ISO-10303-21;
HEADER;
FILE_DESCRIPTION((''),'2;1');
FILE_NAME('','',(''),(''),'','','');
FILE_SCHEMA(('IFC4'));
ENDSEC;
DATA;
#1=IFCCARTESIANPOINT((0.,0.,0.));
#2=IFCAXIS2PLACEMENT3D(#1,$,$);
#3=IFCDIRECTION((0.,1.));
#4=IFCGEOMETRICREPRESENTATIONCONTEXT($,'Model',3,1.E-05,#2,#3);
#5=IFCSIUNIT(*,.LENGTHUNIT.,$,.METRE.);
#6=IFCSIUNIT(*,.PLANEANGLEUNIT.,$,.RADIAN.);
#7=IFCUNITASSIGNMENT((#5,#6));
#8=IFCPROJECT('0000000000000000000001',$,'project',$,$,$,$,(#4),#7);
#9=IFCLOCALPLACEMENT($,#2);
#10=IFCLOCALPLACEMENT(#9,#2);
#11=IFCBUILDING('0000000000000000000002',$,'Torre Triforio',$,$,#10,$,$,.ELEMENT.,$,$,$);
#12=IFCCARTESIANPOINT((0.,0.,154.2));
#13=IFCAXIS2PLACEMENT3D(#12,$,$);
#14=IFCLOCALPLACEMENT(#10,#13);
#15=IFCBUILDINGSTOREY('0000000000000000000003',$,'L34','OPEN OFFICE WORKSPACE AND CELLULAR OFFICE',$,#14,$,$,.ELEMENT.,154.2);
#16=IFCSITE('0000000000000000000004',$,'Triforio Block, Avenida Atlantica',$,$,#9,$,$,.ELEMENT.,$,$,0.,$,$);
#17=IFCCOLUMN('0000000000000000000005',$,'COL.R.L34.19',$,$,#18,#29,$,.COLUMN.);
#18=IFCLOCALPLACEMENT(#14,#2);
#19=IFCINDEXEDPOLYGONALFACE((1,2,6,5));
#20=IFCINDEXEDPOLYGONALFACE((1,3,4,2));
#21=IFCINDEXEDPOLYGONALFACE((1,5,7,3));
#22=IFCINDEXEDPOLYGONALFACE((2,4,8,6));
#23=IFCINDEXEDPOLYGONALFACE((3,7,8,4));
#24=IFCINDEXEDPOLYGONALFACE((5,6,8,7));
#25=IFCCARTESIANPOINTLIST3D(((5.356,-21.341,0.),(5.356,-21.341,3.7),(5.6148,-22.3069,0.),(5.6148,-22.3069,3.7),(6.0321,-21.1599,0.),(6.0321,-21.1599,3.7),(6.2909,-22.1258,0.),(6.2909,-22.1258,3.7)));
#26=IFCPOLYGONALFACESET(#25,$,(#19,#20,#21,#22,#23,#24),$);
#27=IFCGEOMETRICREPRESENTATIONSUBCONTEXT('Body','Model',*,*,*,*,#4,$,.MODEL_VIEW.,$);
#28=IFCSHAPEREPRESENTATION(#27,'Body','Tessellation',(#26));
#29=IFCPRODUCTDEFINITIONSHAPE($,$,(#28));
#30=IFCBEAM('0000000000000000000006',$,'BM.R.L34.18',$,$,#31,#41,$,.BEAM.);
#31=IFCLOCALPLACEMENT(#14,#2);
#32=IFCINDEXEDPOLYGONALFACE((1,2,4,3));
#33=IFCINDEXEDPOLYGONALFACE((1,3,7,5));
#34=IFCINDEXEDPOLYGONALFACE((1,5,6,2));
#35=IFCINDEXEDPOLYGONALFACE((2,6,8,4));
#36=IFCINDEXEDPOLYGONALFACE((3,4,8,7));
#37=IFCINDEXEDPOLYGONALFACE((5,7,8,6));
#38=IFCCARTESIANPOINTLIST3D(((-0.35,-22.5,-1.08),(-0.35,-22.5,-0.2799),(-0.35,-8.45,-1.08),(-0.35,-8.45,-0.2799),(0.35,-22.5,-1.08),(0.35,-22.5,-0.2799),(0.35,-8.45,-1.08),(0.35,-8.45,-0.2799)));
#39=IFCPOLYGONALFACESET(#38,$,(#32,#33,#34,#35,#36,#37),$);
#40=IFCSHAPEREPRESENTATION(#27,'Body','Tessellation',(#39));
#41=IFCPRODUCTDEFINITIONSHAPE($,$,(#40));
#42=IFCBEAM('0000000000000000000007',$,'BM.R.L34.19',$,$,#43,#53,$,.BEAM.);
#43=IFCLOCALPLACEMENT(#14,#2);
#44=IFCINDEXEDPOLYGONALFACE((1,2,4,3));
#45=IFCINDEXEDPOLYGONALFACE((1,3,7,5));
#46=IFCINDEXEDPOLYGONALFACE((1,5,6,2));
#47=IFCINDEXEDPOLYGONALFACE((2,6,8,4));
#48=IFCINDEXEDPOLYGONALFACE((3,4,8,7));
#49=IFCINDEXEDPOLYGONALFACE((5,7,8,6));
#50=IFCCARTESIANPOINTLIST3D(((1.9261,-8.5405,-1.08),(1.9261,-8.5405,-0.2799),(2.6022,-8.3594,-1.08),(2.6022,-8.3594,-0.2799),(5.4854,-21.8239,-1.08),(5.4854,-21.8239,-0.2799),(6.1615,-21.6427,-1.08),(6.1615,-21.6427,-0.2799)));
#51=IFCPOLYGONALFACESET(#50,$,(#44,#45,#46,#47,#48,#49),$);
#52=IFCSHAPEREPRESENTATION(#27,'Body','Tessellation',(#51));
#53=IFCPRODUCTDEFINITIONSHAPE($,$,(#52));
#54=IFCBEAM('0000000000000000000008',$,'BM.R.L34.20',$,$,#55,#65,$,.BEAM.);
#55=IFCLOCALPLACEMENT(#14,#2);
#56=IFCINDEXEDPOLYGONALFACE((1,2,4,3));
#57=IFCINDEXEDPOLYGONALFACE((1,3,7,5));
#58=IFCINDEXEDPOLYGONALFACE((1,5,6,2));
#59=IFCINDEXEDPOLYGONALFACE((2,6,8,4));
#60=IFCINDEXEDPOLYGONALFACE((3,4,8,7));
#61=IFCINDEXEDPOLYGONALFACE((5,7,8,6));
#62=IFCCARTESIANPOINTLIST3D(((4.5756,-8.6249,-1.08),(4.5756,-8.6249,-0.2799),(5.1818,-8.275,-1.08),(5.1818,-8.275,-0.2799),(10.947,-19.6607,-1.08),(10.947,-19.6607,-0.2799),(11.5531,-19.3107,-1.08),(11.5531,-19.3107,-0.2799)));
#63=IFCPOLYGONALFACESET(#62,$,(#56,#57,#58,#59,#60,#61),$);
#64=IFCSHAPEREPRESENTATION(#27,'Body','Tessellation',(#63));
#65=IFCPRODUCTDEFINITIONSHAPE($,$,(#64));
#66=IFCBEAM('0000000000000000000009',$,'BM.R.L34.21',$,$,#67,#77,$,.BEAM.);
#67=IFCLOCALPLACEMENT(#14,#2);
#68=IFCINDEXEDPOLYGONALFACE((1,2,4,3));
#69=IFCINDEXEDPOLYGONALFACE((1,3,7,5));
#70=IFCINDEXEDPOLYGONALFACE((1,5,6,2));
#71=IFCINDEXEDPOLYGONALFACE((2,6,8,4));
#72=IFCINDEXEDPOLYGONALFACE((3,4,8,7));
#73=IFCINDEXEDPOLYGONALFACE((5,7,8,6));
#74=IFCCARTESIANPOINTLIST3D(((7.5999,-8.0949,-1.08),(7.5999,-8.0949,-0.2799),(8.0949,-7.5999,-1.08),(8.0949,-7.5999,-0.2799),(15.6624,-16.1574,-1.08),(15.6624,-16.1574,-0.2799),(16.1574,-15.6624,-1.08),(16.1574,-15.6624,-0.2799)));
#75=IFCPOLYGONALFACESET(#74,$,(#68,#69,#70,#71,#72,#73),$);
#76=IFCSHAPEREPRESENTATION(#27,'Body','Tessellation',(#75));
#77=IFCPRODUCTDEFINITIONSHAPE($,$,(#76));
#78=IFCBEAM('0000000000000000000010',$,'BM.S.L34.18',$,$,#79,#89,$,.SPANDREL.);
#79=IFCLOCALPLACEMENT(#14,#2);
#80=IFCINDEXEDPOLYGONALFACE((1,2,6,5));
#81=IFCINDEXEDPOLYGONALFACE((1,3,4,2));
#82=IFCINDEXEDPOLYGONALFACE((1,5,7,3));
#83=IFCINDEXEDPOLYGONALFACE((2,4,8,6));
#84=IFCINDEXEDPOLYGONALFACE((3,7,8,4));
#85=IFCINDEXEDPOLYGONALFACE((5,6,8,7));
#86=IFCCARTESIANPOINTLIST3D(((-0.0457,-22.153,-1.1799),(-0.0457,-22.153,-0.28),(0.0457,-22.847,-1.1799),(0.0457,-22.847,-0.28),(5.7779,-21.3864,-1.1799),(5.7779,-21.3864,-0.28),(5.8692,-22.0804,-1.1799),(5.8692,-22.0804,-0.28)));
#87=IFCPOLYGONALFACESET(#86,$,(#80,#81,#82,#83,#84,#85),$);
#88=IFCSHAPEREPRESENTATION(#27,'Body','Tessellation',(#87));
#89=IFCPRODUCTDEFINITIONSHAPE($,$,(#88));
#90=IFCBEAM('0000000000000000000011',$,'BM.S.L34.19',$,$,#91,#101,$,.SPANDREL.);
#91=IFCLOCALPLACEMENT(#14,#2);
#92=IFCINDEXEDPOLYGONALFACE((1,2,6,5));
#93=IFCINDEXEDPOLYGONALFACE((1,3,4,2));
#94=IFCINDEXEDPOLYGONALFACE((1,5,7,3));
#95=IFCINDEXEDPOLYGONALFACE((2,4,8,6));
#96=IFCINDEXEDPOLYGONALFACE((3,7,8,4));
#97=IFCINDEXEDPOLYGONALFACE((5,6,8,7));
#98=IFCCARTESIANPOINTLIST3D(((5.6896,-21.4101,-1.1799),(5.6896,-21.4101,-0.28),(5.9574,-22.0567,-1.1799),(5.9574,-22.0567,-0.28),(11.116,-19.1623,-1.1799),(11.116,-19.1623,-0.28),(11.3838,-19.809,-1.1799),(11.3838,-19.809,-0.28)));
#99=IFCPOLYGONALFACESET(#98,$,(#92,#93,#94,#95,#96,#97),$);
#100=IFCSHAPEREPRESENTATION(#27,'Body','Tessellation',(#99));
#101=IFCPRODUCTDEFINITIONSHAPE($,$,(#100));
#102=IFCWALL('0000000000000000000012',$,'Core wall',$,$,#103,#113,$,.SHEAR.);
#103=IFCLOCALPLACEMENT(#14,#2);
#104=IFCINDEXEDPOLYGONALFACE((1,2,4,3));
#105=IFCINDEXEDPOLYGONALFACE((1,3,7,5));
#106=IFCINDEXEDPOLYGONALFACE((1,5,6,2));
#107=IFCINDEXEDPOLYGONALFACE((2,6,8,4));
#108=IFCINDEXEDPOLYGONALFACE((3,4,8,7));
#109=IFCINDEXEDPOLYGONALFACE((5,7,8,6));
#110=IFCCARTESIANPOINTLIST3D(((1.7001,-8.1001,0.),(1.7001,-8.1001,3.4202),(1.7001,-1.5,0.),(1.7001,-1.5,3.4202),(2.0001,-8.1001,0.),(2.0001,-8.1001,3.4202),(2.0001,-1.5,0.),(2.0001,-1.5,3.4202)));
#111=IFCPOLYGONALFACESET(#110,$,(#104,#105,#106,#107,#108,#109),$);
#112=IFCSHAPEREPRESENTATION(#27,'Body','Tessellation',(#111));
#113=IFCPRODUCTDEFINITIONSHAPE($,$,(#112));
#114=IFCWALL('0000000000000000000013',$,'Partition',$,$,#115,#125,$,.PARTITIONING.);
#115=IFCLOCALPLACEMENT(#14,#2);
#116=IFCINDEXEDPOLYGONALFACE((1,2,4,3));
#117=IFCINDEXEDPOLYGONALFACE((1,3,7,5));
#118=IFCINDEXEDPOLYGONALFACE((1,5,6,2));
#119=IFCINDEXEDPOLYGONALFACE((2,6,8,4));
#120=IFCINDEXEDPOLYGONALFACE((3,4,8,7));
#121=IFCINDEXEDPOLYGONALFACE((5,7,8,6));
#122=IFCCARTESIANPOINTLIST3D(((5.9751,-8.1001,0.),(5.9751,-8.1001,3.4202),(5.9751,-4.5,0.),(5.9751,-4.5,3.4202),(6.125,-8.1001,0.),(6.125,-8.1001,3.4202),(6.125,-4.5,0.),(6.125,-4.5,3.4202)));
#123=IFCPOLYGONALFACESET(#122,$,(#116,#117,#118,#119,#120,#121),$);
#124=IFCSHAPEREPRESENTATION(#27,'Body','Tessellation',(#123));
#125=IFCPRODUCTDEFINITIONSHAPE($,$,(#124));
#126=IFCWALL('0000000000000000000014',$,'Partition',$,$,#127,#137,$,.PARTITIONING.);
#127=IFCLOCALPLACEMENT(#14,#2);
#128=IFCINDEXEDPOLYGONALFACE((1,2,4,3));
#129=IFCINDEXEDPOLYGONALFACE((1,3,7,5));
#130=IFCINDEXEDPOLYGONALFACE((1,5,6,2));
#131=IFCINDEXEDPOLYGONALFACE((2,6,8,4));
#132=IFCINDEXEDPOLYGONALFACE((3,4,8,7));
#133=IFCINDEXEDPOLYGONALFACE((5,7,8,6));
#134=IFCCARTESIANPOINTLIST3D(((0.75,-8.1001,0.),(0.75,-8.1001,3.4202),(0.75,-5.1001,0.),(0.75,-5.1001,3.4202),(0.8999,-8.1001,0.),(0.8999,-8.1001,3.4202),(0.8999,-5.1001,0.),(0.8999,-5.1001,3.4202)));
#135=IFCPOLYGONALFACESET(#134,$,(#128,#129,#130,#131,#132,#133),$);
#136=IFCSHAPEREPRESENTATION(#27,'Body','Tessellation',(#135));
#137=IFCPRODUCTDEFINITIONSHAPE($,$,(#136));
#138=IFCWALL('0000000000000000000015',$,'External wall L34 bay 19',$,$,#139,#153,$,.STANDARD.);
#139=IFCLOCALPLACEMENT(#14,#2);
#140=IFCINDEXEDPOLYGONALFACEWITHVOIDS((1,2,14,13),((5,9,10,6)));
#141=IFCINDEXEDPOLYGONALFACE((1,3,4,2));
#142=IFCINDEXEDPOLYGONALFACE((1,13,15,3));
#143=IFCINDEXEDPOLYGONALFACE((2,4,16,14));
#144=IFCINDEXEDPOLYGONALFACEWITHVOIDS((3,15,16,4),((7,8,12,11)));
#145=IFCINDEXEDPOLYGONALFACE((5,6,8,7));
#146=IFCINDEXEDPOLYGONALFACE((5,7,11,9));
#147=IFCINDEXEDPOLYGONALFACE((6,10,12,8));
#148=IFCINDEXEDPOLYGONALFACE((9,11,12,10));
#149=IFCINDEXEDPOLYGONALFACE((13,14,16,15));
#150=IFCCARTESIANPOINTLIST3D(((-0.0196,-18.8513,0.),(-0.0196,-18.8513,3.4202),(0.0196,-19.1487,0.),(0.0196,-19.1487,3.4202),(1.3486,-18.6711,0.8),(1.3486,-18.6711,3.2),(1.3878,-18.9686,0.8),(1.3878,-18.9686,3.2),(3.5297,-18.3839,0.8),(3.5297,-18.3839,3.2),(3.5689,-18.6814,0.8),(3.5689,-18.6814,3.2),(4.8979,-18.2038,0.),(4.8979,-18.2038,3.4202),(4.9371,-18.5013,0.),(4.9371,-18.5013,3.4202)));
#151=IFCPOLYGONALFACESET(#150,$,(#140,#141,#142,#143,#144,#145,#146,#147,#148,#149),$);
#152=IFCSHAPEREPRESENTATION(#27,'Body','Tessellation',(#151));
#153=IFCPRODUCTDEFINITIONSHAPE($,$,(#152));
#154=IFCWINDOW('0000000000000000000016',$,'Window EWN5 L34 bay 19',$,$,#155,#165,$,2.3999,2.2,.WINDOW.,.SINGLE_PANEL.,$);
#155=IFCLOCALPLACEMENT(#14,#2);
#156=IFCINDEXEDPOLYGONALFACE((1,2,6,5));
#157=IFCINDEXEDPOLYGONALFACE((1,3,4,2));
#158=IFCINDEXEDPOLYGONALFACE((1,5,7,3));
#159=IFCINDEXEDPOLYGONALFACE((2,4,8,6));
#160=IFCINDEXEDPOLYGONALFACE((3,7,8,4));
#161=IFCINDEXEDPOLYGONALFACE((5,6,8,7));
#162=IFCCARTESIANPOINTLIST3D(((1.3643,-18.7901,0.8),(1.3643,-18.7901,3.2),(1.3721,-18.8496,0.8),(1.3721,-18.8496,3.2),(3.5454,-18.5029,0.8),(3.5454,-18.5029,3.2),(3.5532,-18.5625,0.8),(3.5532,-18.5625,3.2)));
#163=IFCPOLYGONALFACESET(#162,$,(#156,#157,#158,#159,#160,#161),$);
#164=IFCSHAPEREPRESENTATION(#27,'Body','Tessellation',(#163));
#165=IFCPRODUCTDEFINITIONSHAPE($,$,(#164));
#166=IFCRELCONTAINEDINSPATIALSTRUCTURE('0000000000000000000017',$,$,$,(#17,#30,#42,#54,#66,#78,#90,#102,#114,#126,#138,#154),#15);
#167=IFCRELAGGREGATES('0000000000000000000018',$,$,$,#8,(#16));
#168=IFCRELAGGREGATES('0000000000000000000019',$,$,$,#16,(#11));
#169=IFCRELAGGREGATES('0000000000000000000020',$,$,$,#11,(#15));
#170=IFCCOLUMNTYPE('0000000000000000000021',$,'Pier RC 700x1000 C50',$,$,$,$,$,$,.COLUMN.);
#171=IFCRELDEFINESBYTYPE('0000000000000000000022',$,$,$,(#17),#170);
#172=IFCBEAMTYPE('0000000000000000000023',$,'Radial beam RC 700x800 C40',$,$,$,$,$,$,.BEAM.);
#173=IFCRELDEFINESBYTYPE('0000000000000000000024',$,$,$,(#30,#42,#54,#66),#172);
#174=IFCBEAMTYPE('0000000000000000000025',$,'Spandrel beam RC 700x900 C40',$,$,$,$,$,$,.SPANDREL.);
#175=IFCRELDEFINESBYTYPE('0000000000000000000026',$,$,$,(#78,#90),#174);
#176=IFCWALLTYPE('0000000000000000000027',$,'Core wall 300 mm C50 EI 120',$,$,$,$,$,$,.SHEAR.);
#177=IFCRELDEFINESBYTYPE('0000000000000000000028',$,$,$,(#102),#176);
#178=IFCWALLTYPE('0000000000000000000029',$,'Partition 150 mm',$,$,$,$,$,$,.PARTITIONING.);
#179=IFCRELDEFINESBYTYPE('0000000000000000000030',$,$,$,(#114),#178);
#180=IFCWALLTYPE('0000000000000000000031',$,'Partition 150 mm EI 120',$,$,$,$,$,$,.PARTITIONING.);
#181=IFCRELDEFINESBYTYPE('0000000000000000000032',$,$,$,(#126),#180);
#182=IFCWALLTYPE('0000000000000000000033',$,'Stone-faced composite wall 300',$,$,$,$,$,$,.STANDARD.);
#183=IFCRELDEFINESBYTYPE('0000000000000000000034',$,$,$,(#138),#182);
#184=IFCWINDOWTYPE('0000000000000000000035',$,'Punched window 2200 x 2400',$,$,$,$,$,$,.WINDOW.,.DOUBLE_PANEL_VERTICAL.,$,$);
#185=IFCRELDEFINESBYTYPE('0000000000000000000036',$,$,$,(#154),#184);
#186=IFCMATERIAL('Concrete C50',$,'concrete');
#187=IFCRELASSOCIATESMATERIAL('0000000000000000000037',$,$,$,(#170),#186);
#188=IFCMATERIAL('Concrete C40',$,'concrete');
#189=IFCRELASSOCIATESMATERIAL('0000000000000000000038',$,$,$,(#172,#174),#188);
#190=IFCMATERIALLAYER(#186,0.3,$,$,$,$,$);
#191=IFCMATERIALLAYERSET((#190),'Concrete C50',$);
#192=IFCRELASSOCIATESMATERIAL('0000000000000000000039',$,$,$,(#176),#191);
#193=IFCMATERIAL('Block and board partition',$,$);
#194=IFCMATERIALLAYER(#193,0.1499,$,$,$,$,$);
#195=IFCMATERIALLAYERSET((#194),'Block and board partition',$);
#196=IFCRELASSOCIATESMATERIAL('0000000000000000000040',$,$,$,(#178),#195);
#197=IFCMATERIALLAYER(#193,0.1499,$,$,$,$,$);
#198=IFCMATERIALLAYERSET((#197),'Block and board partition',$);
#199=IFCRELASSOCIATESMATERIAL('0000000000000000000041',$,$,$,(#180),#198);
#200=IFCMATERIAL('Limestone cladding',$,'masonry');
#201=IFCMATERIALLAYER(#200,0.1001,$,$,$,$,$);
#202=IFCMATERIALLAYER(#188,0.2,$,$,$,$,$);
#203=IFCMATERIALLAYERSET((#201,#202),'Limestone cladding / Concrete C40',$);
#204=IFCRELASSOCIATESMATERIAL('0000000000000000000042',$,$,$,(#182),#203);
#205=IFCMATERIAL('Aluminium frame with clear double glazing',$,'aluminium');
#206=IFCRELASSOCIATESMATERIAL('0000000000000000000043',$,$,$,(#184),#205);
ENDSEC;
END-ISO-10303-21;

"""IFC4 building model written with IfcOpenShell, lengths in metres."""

from ifc_helpers import new_model, si_unit, direction, frame, frame_2d, origin, origin_2d, place, context, subcontext, project, spatial, rectangle, extrude, material, layer, layer_set, material_profile, profile_set, type_object, element, fill, save


model = new_model("IFC4")

# Units and contexts
model_context = context("Model", 3, precision=1e-05, world=origin(), true_north=direction((0.0, 1.0)))
body_context = subcontext(model_context, "Body", "Model", "MODEL_VIEW")
ifc_project = project(units=[si_unit("LENGTHUNIT", "METRE"), si_unit("PLANEANGLEUNIT", "RADIAN")], contexts=[model_context])

# Site, building, storey
site_placement = place(None, origin())
site = spatial("IfcSite", under=ifc_project, at=site_placement, Name="Triforio Block, Avenida Atlantica", CompositionType="ELEMENT", RefElevation=0.0)
building_placement = place(site_placement, origin())
building = spatial("IfcBuilding", under=site, at=building_placement, Name="Torre Triforio", CompositionType="ELEMENT")
storey_placement = place(building_placement, frame((0.0, 0.0, 154.2)))
storey = spatial("IfcBuildingStorey", under=building, at=storey_placement, Name="L34", Description="OPEN OFFICE WORKSPACE AND CELLULAR OFFICE", CompositionType="ELEMENT", Elevation=154.2)

# Column
ifc_material_1 = material(Name="Concrete C50", Category="concrete")
ifc_material_profile_1 = material_profile(ifc_material_1, rectangle(XDim=0.7, YDim=1.0, at=origin_2d()), Name="RC 700x1000")
ifc_profile_set_1 = profile_set([ifc_material_profile_1], Name="Concrete C50")
column_type = type_object("IfcColumnType", Name="Pier RC 700x1000 C50", PredefinedType="COLUMN", material=ifc_profile_set_1)
column_placement = place(storey_placement, frame((5.8235, -21.7334, 0.0), z_axis=(0.0, 0.0, 1.0), x_axis=(0.965926, 0.258819, 0.0)))
element("IfcColumn", 1, at=column_placement, inside=storey, type_object=column_type, Name="COL.R.L34.19", PredefinedType="COLUMN", context=body_context, shape_type="SweptSolid", body=[
    extrude(rectangle(XDim=0.7, YDim=1.0, at=origin_2d()), origin(), (0.0, 0.0, 1.0), 3.7),
])

# Beams
ifc_material_2 = material(Name="Concrete C40", Category="concrete")
ifc_material_profile_2 = material_profile(ifc_material_2, rectangle(XDim=0.7, YDim=0.8, at=origin_2d()), Name="RC 700x800")
ifc_profile_set_2 = profile_set([ifc_material_profile_2], Name="Concrete C40")
beam_type_1 = type_object("IfcBeamType", Name="Radial beam RC 700x800 C40", PredefinedType="BEAM", material=ifc_profile_set_2)
beam_1_placement = place(storey_placement, frame((0.0, -8.45, -0.6799), z_axis=(0.0, -1.0, 0.0), x_axis=(1.0, 0.0, 0.0)))
element("IfcBeam", 2, at=beam_1_placement, inside=storey, type_object=beam_type_1, Name="BM.R.L34.18", PredefinedType="BEAM", context=body_context, shape_type="SweptSolid", body=[
    extrude(rectangle(XDim=0.7, YDim=0.8, at=origin_2d()), origin(), (0.0, 0.0, 1.0), 14.05),
])
beam_2_placement = place(storey_placement, frame((2.2642, -8.45, -0.6799), z_axis=(0.258822, -0.965925, 0.0), x_axis=(0.965925, 0.258822, 0.0)))
element("IfcBeam", 3, at=beam_2_placement, inside=storey, type_object=beam_type_1, Name="BM.R.L34.19", PredefinedType="BEAM", context=body_context, shape_type="SweptSolid", body=[
    extrude(rectangle(XDim=0.7, YDim=0.8, at=origin_2d()), origin(), (0.0, 0.0, 1.0), 13.752),
])
beam_3_placement = place(storey_placement, frame((4.8787, -8.45, -0.6799), z_axis=(0.499994, -0.866029, 0.0), x_axis=(0.866029, 0.499994, 0.0)))
element("IfcBeam", 4, at=beam_3_placement, inside=storey, type_object=beam_type_1, Name="BM.R.L34.20", PredefinedType="BEAM", context=body_context, shape_type="SweptSolid", body=[
    extrude(rectangle(XDim=0.7, YDim=0.8, at=origin_2d()), origin(), (0.0, 0.0, 1.0), 12.7429),
])
beam_4_placement = place(storey_placement, frame((7.8474, -7.8474, -0.6799), z_axis=(0.707107, -0.707107, 0.0), x_axis=(0.707107, 0.707107, 0.0)))
element("IfcBeam", 5, at=beam_4_placement, inside=storey, type_object=beam_type_1, Name="BM.R.L34.21", PredefinedType="BEAM", context=body_context, shape_type="SweptSolid", body=[
    extrude(rectangle(XDim=0.7, YDim=0.8, at=origin_2d()), origin(), (0.0, 0.0, 1.0), 11.4021),
])
ifc_material_profile_3 = material_profile(ifc_material_2, rectangle(XDim=0.7, YDim=0.8999, at=origin_2d()), Name="RC 700x900")
ifc_profile_set_3 = profile_set([ifc_material_profile_3], Name="Concrete C40")
beam_type_2 = type_object("IfcBeamType", Name="Spandrel beam RC 700x900 C40", PredefinedType="SPANDREL", material=ifc_profile_set_3)
beam_5_placement = place(storey_placement, frame((0.0, -22.5, -0.73), z_axis=(0.991447, 0.130514, 0.0), x_axis=(-0.130514, 0.991447, 0.0)))
element("IfcBeam", 6, at=beam_5_placement, inside=storey, type_object=beam_type_2, Name="BM.S.L34.18", PredefinedType="SPANDREL", context=body_context, shape_type="SweptSolid", body=[
    extrude(rectangle(XDim=0.7, YDim=0.8999, at=origin_2d()), origin(), (0.0, 0.0, 1.0), 5.8738),
])
beam_6_placement = place(storey_placement, frame((5.8235, -21.7334, -0.73), z_axis=(0.923875, 0.382693, 0.0), x_axis=(-0.382693, 0.923875, 0.0)))
element("IfcBeam", 7, at=beam_6_placement, inside=storey, type_object=beam_type_2, Name="BM.S.L34.19", PredefinedType="SPANDREL", context=body_context, shape_type="SweptSolid", body=[
    extrude(rectangle(XDim=0.7, YDim=0.8999, at=origin_2d()), origin(), (0.0, 0.0, 1.0), 5.8735),
])

# Walls
ifc_layer_1 = layer(ifc_material_1, 0.3)
ifc_layer_set_1 = layer_set([ifc_layer_1], Name="Concrete C50")
wall_type_1 = type_object("IfcWallType", Name="Core wall 300 mm C50 EI 120", PredefinedType="SHEAR", material=ifc_layer_set_1)
wall_1_placement = place(storey_placement, frame((1.8501, -8.1001, 0.0), z_axis=(0.0, 0.0, 1.0), x_axis=(0.0, 1.0, 0.0)))
element("IfcWall", 8, at=wall_1_placement, inside=storey, type_object=wall_type_1, Name="Core wall", PredefinedType="SHEAR", context=body_context, shape_type="SweptSolid", body=[
    extrude(rectangle(XDim=6.6001, YDim=0.3, at=frame_2d((3.3, 0.0))), origin(), (0.0, 0.0, 1.0), 3.4202),
])
ifc_material_3 = material(Name="Block and board partition")
ifc_layer_2 = layer(ifc_material_3, 0.1499)
ifc_layer_set_2 = layer_set([ifc_layer_2], Name="Block and board partition")
wall_type_2 = type_object("IfcWallType", Name="Partition 150 mm", PredefinedType="PARTITIONING", material=ifc_layer_set_2)
wall_2_placement = place(storey_placement, frame((6.05, -8.1001, 0.0), z_axis=(0.0, 0.0, 1.0), x_axis=(0.0, 1.0, 0.0)))
element("IfcWall", 9, at=wall_2_placement, inside=storey, type_object=wall_type_2, Name="Partition", PredefinedType="PARTITIONING", context=body_context, shape_type="SweptSolid", body=[
    extrude(rectangle(XDim=3.6001, YDim=0.1499, at=frame_2d((1.8, 0.0))), origin(), (0.0, 0.0, 1.0), 3.4202),
])
ifc_layer_3 = layer(ifc_material_3, 0.1499)
ifc_layer_set_3 = layer_set([ifc_layer_3], Name="Block and board partition")
wall_type_3 = type_object("IfcWallType", Name="Partition 150 mm EI 120", PredefinedType="PARTITIONING", material=ifc_layer_set_3)
wall_3_placement = place(storey_placement, frame((0.825, -8.1001, 0.0), z_axis=(0.0, 0.0, 1.0), x_axis=(0.0, 1.0, 0.0)))
element("IfcWall", 10, at=wall_3_placement, inside=storey, type_object=wall_type_3, Name="Partition", PredefinedType="PARTITIONING", context=body_context, shape_type="SweptSolid", body=[
    extrude(rectangle(XDim=3.0, YDim=0.1499, at=frame_2d((1.5, 0.0))), origin(), (0.0, 0.0, 1.0), 3.4202),
])

# Wall, opening, window
ifc_material_4 = material(Name="Limestone cladding", Category="masonry")
ifc_layer_4 = layer(ifc_material_4, 0.1001)
ifc_layer_5 = layer(ifc_material_2, 0.2)
ifc_layer_set_4 = layer_set([ifc_layer_4, ifc_layer_5], Name="Limestone cladding / Concrete C40")
wall_type_4 = type_object("IfcWallType", Name="Stone-faced composite wall 300", PredefinedType="STANDARD", material=ifc_layer_set_4)
wall_4_placement = place(storey_placement, frame((0.0, -19.0, 0.0), z_axis=(0.0, 0.0, 1.0), x_axis=(0.991443, 0.130539, 0.0)))
wall_4 = element("IfcWall", 11, at=wall_4_placement, inside=storey, type_object=wall_type_4, Name="External wall L34 bay 19", PredefinedType="STANDARD", context=body_context, shape_type="SweptSolid", body=[
    extrude(rectangle(XDim=4.96, YDim=0.3, at=frame_2d((2.48, 0.0))), origin(), (0.0, 0.0, 1.0), 3.4202),
])
opening_1_placement = place(wall_4_placement, frame((1.3799, 0.0, 0.8)))
opening_1 = element("IfcOpeningElement", 12, at=opening_1_placement, cuts=wall_4, PredefinedType="OPENING", context=body_context, shape_type="SweptSolid", body=[
    extrude(rectangle(XDim=2.2, YDim=2.3999, at=frame_2d((1.1001, 1.2))), frame((0.0, 0.1599, 0.0), z_axis=(0.0, -1.0, 0.0), x_axis=(1.0, 0.0, 0.0)), (0.0, 0.0, 1.0), 0.3201),
])
ifc_material_5 = material(Name="Aluminium frame with clear double glazing", Category="aluminium")
window_type_1 = type_object("IfcWindowType", Name="Punched window 2200 x 2400", PartitioningType="DOUBLE_PANEL_VERTICAL", PredefinedType="WINDOW", material=ifc_material_5)
window_1_placement = place(opening_1_placement, origin())
window_1 = element("IfcWindow", 13, at=window_1_placement, inside=storey, type_object=window_type_1, Name="Window EWN5 L34 bay 19", OverallHeight=2.3999, OverallWidth=2.2, PartitioningType="SINGLE_PANEL", PredefinedType="WINDOW", context=body_context, shape_type="SweptSolid", body=[
    extrude(rectangle(XDim=2.2, YDim=2.3999, at=frame_2d((1.1001, 1.2))), frame((0.0, 0.03, 0.0), z_axis=(0.0, -1.0, 0.0), x_axis=(1.0, 0.0, 0.0)), (0.0, 0.0, 1.0), 0.0601),
])
fill(opening_1, window_1)

save(model, "model.ifc")
